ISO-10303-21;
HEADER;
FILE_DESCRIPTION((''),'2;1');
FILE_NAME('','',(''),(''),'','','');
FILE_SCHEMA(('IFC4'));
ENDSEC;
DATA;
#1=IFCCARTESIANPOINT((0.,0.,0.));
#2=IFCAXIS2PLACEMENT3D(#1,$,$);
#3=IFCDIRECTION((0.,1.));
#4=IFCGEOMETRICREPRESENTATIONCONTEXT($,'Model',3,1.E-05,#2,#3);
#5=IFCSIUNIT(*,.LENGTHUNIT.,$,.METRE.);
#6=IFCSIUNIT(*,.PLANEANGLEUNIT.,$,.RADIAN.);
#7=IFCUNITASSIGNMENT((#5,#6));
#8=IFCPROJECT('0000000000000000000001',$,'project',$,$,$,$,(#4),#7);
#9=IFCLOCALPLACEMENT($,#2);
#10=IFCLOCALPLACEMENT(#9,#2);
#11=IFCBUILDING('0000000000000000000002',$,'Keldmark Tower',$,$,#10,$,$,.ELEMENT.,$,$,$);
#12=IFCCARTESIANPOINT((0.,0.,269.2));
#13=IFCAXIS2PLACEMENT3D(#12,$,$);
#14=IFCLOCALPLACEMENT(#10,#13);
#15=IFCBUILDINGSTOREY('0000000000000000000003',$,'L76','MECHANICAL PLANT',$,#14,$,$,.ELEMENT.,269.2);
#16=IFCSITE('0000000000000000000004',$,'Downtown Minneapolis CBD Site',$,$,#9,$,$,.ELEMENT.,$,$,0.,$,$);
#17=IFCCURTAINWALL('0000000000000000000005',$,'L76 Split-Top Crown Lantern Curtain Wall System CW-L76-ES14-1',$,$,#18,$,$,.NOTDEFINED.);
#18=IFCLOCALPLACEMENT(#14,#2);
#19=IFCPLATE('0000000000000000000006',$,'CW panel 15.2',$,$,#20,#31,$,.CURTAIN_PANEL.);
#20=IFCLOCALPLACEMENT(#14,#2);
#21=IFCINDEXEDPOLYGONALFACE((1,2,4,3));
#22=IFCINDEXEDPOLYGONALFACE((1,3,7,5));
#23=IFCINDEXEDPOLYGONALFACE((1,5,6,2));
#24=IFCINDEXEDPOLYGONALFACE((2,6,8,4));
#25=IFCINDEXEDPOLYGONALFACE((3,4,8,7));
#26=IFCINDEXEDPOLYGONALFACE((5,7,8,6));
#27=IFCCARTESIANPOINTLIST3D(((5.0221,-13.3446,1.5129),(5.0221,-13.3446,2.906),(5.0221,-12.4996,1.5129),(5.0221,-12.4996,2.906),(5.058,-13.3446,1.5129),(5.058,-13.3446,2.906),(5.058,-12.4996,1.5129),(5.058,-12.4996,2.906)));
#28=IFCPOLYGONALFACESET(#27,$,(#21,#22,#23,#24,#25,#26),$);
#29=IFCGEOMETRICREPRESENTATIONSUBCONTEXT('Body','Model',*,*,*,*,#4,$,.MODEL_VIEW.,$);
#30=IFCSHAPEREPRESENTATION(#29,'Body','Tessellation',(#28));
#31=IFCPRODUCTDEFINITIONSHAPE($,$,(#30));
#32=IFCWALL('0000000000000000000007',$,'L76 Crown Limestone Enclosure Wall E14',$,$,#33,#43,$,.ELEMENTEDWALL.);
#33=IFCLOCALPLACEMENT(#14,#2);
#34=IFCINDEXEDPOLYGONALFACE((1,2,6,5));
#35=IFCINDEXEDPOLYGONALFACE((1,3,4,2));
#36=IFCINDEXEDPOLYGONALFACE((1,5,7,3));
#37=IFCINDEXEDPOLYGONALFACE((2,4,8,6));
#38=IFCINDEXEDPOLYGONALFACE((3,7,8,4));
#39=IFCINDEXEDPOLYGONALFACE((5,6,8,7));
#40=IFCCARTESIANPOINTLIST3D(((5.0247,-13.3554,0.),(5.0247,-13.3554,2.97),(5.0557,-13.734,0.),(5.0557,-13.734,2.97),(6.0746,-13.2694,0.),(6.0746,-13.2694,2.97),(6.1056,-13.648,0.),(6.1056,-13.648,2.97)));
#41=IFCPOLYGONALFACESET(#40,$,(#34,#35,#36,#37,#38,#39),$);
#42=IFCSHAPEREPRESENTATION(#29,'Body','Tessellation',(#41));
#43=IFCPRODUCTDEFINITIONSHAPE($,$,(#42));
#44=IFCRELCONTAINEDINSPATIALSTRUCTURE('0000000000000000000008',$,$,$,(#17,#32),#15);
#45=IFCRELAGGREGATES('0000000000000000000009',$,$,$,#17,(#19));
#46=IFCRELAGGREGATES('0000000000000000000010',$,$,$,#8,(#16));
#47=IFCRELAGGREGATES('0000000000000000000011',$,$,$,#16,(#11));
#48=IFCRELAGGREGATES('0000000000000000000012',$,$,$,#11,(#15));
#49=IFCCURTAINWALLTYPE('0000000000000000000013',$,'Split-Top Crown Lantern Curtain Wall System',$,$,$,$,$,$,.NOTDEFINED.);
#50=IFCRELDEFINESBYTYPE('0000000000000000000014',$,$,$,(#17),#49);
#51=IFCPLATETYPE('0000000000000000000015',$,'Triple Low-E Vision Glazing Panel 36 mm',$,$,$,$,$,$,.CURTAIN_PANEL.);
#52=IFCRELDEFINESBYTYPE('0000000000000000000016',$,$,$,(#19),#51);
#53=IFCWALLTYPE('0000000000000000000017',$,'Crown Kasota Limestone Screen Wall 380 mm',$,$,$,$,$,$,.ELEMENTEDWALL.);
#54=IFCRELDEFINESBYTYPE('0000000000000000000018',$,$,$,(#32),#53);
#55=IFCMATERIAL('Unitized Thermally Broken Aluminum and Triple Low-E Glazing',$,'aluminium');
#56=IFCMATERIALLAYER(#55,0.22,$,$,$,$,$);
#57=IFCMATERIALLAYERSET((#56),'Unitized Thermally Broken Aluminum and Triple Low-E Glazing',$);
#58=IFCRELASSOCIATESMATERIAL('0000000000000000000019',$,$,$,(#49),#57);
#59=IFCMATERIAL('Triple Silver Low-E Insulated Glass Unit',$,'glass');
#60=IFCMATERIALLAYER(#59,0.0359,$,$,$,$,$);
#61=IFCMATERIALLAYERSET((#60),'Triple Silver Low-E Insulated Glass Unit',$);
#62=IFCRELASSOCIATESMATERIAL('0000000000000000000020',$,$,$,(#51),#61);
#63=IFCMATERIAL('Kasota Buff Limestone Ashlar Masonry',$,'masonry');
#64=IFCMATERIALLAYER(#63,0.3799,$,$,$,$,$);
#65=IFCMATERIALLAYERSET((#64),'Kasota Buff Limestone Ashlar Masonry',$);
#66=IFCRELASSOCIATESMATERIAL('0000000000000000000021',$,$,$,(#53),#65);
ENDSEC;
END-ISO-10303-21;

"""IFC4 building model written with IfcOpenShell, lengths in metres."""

from ifc_helpers import new_model, si_unit, direction, frame, frame_2d, origin, origin_2d, place, context, subcontext, project, spatial, rectangle, extrude, material, layer, layer_set, type_object, element, aggregate, save


model = new_model("IFC4")

# Units and contexts
model_context = context("Model", 3, precision=1e-05, world=origin(), true_north=direction((0.0, 1.0)))
body_context = subcontext(model_context, "Body", "Model", "MODEL_VIEW")
ifc_project = project(units=[si_unit("LENGTHUNIT", "METRE"), si_unit("PLANEANGLEUNIT", "RADIAN")], contexts=[model_context])

# Site, building, storey
site_placement = place(None, origin())
site = spatial("IfcSite", under=ifc_project, at=site_placement, Name="Downtown Minneapolis CBD Site", CompositionType="ELEMENT", RefElevation=0.0)
building_placement = place(site_placement, origin())
building = spatial("IfcBuilding", under=site, at=building_placement, Name="Keldmark Tower", CompositionType="ELEMENT")
storey_placement = place(building_placement, frame((0.0, 0.0, 269.2)))
storey = spatial("IfcBuildingStorey", under=building, at=storey_placement, Name="L76", Description="MECHANICAL PLANT", CompositionType="ELEMENT", Elevation=269.2)

# Curtain wall, plate
ifc_material_1 = material(Name="Unitized Thermally Broken Aluminum and Triple Low-E Glazing", Category="aluminium")
ifc_layer_1 = layer(ifc_material_1, 0.22)
ifc_layer_set_1 = layer_set([ifc_layer_1], Name="Unitized Thermally Broken Aluminum and Triple Low-E Glazing")
curtain_wall_type = type_object("IfcCurtainWallType", Name="Split-Top Crown Lantern Curtain Wall System", PredefinedType="NOTDEFINED", material=ifc_layer_set_1)
curtain_wall_placement = place(storey_placement, origin())
curtain_wall = element("IfcCurtainWall", 1, at=curtain_wall_placement, inside=storey, type_object=curtain_wall_type, Name="L76 Split-Top Crown Lantern Curtain Wall System CW-L76-ES14-1", PredefinedType="NOTDEFINED")
ifc_material_2 = material(Name="Triple Silver Low-E Insulated Glass Unit", Category="glass")
ifc_layer_2 = layer(ifc_material_2, 0.0359)
ifc_layer_set_2 = layer_set([ifc_layer_2], Name="Triple Silver Low-E Insulated Glass Unit")
plate_type = type_object("IfcPlateType", Name="Triple Low-E Vision Glazing Panel 36 mm", PredefinedType="CURTAIN_PANEL", material=ifc_layer_set_2)
plate_1_placement = place(storey_placement, frame((5.04, -12.9221, 1.5129), z_axis=(0.0, 0.0, 1.0), x_axis=(0.0, -1.0, 0.0)))
plate_1 = element("IfcPlate", 2, at=plate_1_placement, type_object=plate_type, Name="CW panel 15.2", PredefinedType="CURTAIN_PANEL", context=body_context, shape_type="SweptSolid", body=[
    extrude(rectangle(XDim=0.845, YDim=0.0359, at=origin_2d()), origin(), (0.0, 0.0, 1.0), 1.3931),
])
aggregate(curtain_wall, [plate_1])

# Wall
ifc_material_3 = material(Name="Kasota Buff Limestone Ashlar Masonry", Category="masonry")
ifc_layer_3 = layer(ifc_material_3, 0.3799)
ifc_layer_set_3 = layer_set([ifc_layer_3], Name="Kasota Buff Limestone Ashlar Masonry")
wall_type = type_object("IfcWallType", Name="Crown Kasota Limestone Screen Wall 380 mm", PredefinedType="ELEMENTEDWALL", material=ifc_layer_set_3)
wall_placement = place(storey_placement, frame((5.04, -13.5447, 0.0), z_axis=(0.0, 0.0, 1.0), x_axis=(0.996668, 0.081569, 0.0)))
element("IfcWall", 3, at=wall_placement, inside=storey, type_object=wall_type, Name="L76 Crown Limestone Enclosure Wall E14", PredefinedType="ELEMENTEDWALL", context=body_context, shape_type="SweptSolid", body=[
    extrude(rectangle(XDim=1.0535, YDim=0.3799, at=frame_2d((0.5269, 0.0))), origin(), (0.0, 0.0, 1.0), 2.97),
])

save(model, "model.ifc")
